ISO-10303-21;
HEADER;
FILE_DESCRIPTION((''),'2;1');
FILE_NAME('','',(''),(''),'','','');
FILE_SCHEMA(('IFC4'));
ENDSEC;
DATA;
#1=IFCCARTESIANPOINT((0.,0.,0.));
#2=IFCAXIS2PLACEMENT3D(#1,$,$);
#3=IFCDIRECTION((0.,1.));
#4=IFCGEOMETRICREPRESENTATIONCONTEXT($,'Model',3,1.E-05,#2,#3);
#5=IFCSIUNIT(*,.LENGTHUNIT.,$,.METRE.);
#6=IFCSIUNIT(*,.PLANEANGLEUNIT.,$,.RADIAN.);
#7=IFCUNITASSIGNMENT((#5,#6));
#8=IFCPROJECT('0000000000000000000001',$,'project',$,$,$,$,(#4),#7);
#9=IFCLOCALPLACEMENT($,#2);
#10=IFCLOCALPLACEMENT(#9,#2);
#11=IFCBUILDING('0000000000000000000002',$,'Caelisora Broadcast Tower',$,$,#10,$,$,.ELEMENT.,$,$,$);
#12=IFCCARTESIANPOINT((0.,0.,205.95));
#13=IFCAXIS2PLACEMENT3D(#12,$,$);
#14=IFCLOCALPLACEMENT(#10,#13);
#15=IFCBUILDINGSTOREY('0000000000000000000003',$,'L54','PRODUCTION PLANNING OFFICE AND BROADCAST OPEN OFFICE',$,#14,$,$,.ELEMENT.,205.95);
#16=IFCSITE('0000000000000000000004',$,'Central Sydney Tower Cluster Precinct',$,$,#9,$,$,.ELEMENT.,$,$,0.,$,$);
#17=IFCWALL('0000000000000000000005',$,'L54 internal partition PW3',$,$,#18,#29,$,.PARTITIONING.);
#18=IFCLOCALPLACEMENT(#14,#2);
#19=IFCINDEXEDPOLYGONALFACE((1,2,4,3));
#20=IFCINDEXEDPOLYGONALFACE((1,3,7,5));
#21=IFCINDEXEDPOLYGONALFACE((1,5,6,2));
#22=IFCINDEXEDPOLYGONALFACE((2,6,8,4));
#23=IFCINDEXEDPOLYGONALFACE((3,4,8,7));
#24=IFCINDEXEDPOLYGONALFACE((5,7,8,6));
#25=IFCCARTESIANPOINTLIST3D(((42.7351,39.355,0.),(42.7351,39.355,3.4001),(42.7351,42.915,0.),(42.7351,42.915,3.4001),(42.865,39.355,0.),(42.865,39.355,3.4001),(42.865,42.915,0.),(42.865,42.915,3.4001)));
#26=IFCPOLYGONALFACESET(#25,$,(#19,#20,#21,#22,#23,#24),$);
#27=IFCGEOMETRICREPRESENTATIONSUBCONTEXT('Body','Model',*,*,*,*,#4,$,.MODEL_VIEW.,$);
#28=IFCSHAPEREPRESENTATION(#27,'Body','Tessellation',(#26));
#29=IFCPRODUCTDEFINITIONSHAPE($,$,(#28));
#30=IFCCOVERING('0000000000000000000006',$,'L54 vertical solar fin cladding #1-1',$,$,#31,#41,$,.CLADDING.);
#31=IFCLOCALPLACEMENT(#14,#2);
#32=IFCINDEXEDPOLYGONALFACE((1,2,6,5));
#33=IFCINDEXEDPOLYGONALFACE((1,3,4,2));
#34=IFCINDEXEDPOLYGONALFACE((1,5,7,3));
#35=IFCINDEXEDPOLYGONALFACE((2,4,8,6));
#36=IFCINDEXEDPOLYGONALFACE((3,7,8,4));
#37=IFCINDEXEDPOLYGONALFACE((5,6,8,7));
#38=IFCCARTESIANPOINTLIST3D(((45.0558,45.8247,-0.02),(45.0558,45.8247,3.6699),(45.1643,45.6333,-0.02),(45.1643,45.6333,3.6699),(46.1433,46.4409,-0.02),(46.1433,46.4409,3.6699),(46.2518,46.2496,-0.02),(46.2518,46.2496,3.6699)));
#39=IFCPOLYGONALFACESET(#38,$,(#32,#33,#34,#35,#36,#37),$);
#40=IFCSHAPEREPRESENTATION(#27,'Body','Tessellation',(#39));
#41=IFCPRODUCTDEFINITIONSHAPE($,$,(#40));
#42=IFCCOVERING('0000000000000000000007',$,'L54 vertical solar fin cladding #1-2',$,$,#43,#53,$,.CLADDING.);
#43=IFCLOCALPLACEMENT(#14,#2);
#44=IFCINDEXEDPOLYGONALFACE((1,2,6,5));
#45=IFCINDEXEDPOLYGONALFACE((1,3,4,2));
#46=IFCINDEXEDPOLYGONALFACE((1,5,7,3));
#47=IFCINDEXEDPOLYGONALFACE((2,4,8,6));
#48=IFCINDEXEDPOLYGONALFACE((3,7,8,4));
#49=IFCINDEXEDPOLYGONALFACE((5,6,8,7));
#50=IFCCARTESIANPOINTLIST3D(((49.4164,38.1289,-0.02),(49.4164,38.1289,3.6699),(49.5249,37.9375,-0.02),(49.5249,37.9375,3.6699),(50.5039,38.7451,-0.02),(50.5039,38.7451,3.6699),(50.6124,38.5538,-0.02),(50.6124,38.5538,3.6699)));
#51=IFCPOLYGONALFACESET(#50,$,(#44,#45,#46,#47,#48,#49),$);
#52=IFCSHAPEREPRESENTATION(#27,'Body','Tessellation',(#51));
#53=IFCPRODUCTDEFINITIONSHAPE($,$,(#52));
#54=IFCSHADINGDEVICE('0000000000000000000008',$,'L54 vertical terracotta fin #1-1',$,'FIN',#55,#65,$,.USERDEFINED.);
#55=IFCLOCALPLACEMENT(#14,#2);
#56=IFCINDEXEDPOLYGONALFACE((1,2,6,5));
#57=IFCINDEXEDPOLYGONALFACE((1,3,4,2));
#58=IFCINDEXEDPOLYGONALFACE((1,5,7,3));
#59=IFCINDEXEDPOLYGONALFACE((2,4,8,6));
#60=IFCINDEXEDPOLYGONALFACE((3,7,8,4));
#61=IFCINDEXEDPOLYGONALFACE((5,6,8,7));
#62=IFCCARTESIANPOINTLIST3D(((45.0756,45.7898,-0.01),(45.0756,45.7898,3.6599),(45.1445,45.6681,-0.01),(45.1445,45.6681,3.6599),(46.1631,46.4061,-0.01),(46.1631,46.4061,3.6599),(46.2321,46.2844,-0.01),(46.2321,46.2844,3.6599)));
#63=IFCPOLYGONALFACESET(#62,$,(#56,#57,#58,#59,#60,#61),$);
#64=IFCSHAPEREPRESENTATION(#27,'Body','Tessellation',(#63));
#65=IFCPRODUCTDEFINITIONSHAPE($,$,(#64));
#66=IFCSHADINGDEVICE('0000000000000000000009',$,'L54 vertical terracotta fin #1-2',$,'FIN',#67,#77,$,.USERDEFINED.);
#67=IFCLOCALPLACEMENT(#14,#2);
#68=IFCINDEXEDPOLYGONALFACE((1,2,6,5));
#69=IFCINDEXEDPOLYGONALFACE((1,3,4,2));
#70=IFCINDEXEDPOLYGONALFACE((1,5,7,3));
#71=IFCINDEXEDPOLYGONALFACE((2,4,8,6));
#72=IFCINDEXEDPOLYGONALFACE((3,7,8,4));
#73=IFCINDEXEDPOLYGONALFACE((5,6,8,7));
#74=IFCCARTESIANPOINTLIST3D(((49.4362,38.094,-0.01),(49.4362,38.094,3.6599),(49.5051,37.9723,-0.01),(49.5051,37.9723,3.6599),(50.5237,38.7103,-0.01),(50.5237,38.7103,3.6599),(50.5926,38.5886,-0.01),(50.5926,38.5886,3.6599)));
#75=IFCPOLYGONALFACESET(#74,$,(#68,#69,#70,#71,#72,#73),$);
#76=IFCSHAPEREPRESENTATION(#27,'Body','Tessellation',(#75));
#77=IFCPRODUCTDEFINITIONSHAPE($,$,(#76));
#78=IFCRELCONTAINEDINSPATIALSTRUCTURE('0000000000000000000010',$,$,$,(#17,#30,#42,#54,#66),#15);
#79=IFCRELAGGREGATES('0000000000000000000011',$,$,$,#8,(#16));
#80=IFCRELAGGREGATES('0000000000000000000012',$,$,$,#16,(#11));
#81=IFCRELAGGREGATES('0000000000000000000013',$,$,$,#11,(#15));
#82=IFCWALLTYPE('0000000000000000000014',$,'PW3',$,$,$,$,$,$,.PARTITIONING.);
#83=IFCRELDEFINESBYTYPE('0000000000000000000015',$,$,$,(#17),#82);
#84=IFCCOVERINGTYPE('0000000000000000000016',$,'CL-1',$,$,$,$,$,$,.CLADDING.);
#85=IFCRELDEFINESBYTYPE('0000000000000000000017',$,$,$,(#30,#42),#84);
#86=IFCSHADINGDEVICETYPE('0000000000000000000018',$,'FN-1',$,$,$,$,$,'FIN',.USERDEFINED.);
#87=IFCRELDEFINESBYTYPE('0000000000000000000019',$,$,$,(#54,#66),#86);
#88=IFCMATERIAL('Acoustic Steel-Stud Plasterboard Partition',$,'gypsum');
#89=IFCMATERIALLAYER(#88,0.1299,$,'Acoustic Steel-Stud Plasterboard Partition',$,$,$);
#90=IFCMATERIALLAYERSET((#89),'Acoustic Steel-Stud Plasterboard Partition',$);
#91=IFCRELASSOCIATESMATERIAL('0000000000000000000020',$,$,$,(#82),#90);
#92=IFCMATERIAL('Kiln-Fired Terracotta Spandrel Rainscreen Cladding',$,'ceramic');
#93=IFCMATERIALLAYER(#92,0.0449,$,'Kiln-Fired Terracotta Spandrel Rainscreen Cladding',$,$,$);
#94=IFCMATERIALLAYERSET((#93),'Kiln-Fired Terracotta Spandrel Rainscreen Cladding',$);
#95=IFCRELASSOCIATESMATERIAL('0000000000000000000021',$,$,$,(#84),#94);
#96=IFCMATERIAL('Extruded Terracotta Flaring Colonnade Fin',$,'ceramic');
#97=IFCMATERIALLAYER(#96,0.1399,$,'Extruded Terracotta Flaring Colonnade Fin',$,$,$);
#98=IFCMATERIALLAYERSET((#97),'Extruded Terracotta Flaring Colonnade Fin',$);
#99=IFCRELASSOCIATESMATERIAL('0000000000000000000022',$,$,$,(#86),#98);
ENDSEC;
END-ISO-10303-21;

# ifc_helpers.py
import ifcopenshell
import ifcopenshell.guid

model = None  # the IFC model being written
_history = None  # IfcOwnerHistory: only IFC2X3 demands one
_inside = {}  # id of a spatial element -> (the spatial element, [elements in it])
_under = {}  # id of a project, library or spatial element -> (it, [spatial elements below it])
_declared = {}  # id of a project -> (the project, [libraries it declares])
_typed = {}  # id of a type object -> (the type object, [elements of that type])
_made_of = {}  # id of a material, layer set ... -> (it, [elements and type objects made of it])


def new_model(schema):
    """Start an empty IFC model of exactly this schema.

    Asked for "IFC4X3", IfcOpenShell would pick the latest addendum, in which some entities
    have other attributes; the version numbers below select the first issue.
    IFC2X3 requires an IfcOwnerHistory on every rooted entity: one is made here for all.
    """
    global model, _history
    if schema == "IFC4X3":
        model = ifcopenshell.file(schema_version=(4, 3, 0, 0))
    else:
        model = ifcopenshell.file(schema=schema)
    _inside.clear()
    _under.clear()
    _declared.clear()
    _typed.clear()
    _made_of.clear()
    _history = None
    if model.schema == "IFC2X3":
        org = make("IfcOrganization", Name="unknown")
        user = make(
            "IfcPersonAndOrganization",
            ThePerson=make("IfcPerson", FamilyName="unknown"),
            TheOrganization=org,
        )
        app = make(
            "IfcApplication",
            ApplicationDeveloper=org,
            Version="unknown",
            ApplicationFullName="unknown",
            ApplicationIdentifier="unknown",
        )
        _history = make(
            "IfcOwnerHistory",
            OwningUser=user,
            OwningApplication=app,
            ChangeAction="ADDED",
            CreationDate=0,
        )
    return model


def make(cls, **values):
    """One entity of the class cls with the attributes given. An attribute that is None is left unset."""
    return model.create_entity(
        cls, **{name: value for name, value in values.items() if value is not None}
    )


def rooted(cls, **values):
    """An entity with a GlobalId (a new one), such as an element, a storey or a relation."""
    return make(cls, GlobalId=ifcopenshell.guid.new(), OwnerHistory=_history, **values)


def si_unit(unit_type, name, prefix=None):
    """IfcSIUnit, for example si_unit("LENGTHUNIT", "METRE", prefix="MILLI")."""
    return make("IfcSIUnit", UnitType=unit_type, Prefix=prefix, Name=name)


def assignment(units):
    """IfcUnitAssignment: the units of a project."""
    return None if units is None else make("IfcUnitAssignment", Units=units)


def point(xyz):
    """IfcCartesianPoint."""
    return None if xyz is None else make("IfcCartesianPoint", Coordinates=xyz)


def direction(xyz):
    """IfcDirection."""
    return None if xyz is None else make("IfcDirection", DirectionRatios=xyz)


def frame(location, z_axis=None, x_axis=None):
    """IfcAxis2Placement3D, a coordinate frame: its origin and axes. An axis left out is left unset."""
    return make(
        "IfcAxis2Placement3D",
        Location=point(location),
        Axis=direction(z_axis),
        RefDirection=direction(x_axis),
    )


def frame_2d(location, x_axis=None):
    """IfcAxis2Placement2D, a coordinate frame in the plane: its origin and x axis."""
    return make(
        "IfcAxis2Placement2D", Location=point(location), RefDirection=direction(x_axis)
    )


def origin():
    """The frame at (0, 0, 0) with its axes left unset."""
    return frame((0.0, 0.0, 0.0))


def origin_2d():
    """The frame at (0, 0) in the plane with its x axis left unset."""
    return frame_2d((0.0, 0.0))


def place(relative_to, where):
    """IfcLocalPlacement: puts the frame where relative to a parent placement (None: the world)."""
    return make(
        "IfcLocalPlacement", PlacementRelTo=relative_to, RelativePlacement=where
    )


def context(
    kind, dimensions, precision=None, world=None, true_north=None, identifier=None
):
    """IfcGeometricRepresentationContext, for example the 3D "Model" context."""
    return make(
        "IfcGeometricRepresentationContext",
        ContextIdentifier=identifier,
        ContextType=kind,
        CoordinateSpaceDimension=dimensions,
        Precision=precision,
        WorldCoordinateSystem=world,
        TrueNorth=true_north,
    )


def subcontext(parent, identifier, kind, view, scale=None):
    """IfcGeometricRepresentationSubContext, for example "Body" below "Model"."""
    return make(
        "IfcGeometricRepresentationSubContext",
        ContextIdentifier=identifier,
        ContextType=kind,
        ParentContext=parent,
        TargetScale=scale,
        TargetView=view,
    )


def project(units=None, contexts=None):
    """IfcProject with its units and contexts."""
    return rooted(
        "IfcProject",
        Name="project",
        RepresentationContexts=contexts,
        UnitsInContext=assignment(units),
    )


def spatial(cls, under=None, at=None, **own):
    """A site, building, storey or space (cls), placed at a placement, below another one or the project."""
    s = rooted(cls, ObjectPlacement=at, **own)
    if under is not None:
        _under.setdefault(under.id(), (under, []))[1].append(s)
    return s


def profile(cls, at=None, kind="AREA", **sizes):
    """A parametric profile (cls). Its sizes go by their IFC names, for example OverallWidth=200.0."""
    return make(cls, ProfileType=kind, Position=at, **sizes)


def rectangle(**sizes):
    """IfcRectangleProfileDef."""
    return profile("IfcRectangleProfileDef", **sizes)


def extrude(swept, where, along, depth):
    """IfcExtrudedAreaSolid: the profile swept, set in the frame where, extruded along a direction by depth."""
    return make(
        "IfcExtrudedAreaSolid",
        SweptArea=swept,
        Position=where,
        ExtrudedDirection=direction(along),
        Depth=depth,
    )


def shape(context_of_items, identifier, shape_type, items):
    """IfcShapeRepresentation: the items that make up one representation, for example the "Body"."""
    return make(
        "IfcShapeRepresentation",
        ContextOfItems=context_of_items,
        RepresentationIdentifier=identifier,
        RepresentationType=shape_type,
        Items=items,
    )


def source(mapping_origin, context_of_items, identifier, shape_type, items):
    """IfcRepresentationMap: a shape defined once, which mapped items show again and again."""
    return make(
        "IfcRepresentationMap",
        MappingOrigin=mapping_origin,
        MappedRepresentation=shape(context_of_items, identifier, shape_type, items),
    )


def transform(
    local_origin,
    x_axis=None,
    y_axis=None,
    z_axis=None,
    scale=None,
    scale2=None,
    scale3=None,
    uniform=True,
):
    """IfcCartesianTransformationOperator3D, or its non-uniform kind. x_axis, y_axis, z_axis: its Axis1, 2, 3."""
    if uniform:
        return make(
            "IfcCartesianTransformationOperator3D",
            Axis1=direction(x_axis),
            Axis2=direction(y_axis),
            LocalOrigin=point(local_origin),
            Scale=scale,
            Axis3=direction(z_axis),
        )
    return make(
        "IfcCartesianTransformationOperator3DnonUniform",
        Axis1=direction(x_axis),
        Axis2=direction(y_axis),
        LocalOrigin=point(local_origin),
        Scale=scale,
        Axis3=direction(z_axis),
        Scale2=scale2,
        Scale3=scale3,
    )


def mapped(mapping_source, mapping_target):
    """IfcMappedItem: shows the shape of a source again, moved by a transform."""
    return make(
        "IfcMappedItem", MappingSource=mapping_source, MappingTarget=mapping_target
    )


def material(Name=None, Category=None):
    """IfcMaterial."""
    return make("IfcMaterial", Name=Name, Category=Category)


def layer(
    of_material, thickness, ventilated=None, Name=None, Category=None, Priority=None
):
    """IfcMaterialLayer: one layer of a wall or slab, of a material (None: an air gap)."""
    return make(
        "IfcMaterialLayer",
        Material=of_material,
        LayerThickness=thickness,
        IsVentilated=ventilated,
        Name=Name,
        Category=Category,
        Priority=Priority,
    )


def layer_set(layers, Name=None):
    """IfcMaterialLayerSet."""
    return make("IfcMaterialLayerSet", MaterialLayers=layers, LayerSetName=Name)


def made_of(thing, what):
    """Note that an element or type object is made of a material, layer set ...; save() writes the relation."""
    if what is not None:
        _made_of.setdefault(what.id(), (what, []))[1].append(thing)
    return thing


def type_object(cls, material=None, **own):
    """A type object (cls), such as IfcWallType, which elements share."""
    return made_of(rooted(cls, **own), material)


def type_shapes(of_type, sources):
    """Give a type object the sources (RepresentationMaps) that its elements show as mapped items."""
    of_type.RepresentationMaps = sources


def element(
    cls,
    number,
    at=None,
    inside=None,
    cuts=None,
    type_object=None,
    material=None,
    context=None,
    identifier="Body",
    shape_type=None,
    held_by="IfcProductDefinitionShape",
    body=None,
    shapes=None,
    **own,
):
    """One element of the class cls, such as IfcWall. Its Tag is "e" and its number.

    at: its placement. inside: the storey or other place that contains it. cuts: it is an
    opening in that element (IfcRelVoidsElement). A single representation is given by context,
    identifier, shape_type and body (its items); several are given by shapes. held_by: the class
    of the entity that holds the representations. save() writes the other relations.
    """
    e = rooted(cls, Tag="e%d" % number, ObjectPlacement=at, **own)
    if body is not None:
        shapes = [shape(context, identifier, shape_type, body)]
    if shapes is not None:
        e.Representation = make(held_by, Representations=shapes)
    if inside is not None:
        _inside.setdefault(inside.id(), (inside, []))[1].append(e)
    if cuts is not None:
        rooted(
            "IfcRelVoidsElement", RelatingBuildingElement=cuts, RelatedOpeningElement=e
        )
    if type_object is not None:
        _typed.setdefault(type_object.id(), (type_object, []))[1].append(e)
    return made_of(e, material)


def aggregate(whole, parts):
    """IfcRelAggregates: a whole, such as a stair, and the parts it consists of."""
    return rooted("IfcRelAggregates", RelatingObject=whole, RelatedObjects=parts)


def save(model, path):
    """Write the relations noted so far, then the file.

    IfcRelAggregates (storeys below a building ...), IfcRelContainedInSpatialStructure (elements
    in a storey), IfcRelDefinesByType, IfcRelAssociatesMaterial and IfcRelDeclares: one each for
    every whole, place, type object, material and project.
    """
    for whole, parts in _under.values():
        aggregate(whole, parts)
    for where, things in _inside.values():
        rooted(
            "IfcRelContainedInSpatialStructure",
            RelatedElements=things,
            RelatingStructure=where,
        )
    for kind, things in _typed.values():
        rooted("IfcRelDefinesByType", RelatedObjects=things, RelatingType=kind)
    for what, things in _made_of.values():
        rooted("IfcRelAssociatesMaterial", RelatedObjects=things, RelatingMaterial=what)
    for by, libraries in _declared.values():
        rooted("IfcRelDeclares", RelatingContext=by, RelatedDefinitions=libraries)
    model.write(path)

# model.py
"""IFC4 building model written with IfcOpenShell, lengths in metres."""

from ifc_helpers import new_model, si_unit, direction, frame, frame_2d, origin, origin_2d, place, context, subcontext, project, spatial, rectangle, extrude, source, transform, mapped, material, layer, layer_set, type_object, type_shapes, element, save


model = new_model("IFC4")

# Units and contexts
model_context = context("Model", 3, precision=1e-05, world=origin(), true_north=direction((0.0, 1.0)))
body_context = subcontext(model_context, "Body", "Model", "MODEL_VIEW")
ifc_project = project(units=[si_unit("LENGTHUNIT", "METRE"), si_unit("PLANEANGLEUNIT", "RADIAN")], contexts=[model_context])

# Site, building, storey
site_placement = place(None, origin())
site = spatial("IfcSite", under=ifc_project, at=site_placement, Name="Central Sydney Tower Cluster Precinct", CompositionType="ELEMENT", RefElevation=0.0)
building_placement = place(site_placement, origin())
building = spatial("IfcBuilding", under=site, at=building_placement, Name="Caelisora Broadcast Tower", CompositionType="ELEMENT")
storey_placement = place(building_placement, frame((0.0, 0.0, 205.95)))
storey = spatial("IfcBuildingStorey", under=building, at=storey_placement, Name="L54", Description="PRODUCTION PLANNING OFFICE AND BROADCAST OPEN OFFICE", CompositionType="ELEMENT", Elevation=205.95)

# Shared definitions
ifc_material_1 = material(Name="Acoustic Steel-Stud Plasterboard Partition", Category="gypsum")
ifc_layer_1 = layer(ifc_material_1, 0.1299, Name="Acoustic Steel-Stud Plasterboard Partition")
ifc_layer_set_1 = layer_set([ifc_layer_1], Name="Acoustic Steel-Stud Plasterboard Partition")
wall_type = type_object("IfcWallType", Name="PW3", PredefinedType="PARTITIONING", material=ifc_layer_set_1)

# Wall
wall_1_placement = place(storey_placement, frame((42.8, 39.355, 0.0), z_axis=(0.0, 0.0, 1.0), x_axis=(0.0, 1.0, 0.0)))
element("IfcWall", 1, at=wall_1_placement, inside=storey, type_object=wall_type, Name="L54 internal partition PW3", PredefinedType="PARTITIONING", context=body_context, shape_type="SweptSolid", body=[
    extrude(rectangle(XDim=3.5601, YDim=0.1299, at=frame_2d((1.78, 0.0))), origin(), (0.0, 0.0, 1.0), 3.4001),
])

# Coverings
ifc_material_2 = material(Name="Kiln-Fired Terracotta Spandrel Rainscreen Cladding", Category="ceramic")
ifc_layer_2 = layer(ifc_material_2, 0.0449, Name="Kiln-Fired Terracotta Spandrel Rainscreen Cladding")
ifc_layer_set_2 = layer_set([ifc_layer_2], Name="Kiln-Fired Terracotta Spandrel Rainscreen Cladding")
covering_type = type_object("IfcCoveringType", Name="CL-1", PredefinedType="CLADDING", material=ifc_layer_set_2)
shared_shape_1 = source(origin(), body_context, "Body", "SweptSolid", [
    extrude(rectangle(XDim=0.22, YDim=1.25, at=origin_2d()), origin(), (0.0, 0.0, 1.0), 3.6899),
])
type_shapes(covering_type, [shared_shape_1])
for number, where, z_axis, x_axis, name in (
    (2, (45.6538, 46.0371, -0.02), (0.0, 0.0, 1.0), (0.493031, -0.870012, 0.0), "L54 vertical solar fin cladding #1-1"),
    (3, (50.0144, 38.3413, -0.02), (0.0, 0.0, 1.0), (0.493031, -0.870012, 0.0), "L54 vertical solar fin cladding #1-2"),
):
    element("IfcCovering", number, at=place(storey_placement, frame(where, z_axis=z_axis, x_axis=x_axis)), inside=storey, type_object=covering_type, Name=name, PredefinedType="CLADDING", context=body_context, shape_type="MappedRepresentation", body=[
        mapped(shared_shape_1, transform((0.0, 0.0, 0.0), scale=1.0)),
    ])

# Shading devices
ifc_material_3 = material(Name="Extruded Terracotta Flaring Colonnade Fin", Category="ceramic")
ifc_layer_3 = layer(ifc_material_3, 0.1399, Name="Extruded Terracotta Flaring Colonnade Fin")
ifc_layer_set_3 = layer_set([ifc_layer_3], Name="Extruded Terracotta Flaring Colonnade Fin")
shading_device_type = type_object("IfcShadingDeviceType", Name="FN-1", ElementType="FIN", PredefinedType="USERDEFINED", material=ifc_layer_set_3)
shared_shape_2 = source(origin(), body_context, "Body", "SweptSolid", [
    extrude(rectangle(XDim=0.1399, YDim=1.25, at=origin_2d()), origin(), (0.0, 0.0, 1.0), 3.6699),
])
type_shapes(shading_device_type, [shared_shape_2])
for number, where, z_axis, x_axis, name in (
    (4, (45.6538, 46.0371, -0.01), (0.0, 0.0, 1.0), (0.493031, -0.870012, 0.0), "L54 vertical terracotta fin #1-1"),
    (5, (50.0144, 38.3413, -0.01), (0.0, 0.0, 1.0), (0.493031, -0.870012, 0.0), "L54 vertical terracotta fin #1-2"),
):
    element("IfcShadingDevice", number, at=place(storey_placement, frame(where, z_axis=z_axis, x_axis=x_axis)), inside=storey, type_object=shading_device_type, Name=name, ObjectType="FIN", PredefinedType="USERDEFINED", context=body_context, shape_type="MappedRepresentation", body=[
        mapped(shared_shape_2, transform((0.0, 0.0, 0.0), scale=1.0)),
    ])

save(model, "model.ifc")
